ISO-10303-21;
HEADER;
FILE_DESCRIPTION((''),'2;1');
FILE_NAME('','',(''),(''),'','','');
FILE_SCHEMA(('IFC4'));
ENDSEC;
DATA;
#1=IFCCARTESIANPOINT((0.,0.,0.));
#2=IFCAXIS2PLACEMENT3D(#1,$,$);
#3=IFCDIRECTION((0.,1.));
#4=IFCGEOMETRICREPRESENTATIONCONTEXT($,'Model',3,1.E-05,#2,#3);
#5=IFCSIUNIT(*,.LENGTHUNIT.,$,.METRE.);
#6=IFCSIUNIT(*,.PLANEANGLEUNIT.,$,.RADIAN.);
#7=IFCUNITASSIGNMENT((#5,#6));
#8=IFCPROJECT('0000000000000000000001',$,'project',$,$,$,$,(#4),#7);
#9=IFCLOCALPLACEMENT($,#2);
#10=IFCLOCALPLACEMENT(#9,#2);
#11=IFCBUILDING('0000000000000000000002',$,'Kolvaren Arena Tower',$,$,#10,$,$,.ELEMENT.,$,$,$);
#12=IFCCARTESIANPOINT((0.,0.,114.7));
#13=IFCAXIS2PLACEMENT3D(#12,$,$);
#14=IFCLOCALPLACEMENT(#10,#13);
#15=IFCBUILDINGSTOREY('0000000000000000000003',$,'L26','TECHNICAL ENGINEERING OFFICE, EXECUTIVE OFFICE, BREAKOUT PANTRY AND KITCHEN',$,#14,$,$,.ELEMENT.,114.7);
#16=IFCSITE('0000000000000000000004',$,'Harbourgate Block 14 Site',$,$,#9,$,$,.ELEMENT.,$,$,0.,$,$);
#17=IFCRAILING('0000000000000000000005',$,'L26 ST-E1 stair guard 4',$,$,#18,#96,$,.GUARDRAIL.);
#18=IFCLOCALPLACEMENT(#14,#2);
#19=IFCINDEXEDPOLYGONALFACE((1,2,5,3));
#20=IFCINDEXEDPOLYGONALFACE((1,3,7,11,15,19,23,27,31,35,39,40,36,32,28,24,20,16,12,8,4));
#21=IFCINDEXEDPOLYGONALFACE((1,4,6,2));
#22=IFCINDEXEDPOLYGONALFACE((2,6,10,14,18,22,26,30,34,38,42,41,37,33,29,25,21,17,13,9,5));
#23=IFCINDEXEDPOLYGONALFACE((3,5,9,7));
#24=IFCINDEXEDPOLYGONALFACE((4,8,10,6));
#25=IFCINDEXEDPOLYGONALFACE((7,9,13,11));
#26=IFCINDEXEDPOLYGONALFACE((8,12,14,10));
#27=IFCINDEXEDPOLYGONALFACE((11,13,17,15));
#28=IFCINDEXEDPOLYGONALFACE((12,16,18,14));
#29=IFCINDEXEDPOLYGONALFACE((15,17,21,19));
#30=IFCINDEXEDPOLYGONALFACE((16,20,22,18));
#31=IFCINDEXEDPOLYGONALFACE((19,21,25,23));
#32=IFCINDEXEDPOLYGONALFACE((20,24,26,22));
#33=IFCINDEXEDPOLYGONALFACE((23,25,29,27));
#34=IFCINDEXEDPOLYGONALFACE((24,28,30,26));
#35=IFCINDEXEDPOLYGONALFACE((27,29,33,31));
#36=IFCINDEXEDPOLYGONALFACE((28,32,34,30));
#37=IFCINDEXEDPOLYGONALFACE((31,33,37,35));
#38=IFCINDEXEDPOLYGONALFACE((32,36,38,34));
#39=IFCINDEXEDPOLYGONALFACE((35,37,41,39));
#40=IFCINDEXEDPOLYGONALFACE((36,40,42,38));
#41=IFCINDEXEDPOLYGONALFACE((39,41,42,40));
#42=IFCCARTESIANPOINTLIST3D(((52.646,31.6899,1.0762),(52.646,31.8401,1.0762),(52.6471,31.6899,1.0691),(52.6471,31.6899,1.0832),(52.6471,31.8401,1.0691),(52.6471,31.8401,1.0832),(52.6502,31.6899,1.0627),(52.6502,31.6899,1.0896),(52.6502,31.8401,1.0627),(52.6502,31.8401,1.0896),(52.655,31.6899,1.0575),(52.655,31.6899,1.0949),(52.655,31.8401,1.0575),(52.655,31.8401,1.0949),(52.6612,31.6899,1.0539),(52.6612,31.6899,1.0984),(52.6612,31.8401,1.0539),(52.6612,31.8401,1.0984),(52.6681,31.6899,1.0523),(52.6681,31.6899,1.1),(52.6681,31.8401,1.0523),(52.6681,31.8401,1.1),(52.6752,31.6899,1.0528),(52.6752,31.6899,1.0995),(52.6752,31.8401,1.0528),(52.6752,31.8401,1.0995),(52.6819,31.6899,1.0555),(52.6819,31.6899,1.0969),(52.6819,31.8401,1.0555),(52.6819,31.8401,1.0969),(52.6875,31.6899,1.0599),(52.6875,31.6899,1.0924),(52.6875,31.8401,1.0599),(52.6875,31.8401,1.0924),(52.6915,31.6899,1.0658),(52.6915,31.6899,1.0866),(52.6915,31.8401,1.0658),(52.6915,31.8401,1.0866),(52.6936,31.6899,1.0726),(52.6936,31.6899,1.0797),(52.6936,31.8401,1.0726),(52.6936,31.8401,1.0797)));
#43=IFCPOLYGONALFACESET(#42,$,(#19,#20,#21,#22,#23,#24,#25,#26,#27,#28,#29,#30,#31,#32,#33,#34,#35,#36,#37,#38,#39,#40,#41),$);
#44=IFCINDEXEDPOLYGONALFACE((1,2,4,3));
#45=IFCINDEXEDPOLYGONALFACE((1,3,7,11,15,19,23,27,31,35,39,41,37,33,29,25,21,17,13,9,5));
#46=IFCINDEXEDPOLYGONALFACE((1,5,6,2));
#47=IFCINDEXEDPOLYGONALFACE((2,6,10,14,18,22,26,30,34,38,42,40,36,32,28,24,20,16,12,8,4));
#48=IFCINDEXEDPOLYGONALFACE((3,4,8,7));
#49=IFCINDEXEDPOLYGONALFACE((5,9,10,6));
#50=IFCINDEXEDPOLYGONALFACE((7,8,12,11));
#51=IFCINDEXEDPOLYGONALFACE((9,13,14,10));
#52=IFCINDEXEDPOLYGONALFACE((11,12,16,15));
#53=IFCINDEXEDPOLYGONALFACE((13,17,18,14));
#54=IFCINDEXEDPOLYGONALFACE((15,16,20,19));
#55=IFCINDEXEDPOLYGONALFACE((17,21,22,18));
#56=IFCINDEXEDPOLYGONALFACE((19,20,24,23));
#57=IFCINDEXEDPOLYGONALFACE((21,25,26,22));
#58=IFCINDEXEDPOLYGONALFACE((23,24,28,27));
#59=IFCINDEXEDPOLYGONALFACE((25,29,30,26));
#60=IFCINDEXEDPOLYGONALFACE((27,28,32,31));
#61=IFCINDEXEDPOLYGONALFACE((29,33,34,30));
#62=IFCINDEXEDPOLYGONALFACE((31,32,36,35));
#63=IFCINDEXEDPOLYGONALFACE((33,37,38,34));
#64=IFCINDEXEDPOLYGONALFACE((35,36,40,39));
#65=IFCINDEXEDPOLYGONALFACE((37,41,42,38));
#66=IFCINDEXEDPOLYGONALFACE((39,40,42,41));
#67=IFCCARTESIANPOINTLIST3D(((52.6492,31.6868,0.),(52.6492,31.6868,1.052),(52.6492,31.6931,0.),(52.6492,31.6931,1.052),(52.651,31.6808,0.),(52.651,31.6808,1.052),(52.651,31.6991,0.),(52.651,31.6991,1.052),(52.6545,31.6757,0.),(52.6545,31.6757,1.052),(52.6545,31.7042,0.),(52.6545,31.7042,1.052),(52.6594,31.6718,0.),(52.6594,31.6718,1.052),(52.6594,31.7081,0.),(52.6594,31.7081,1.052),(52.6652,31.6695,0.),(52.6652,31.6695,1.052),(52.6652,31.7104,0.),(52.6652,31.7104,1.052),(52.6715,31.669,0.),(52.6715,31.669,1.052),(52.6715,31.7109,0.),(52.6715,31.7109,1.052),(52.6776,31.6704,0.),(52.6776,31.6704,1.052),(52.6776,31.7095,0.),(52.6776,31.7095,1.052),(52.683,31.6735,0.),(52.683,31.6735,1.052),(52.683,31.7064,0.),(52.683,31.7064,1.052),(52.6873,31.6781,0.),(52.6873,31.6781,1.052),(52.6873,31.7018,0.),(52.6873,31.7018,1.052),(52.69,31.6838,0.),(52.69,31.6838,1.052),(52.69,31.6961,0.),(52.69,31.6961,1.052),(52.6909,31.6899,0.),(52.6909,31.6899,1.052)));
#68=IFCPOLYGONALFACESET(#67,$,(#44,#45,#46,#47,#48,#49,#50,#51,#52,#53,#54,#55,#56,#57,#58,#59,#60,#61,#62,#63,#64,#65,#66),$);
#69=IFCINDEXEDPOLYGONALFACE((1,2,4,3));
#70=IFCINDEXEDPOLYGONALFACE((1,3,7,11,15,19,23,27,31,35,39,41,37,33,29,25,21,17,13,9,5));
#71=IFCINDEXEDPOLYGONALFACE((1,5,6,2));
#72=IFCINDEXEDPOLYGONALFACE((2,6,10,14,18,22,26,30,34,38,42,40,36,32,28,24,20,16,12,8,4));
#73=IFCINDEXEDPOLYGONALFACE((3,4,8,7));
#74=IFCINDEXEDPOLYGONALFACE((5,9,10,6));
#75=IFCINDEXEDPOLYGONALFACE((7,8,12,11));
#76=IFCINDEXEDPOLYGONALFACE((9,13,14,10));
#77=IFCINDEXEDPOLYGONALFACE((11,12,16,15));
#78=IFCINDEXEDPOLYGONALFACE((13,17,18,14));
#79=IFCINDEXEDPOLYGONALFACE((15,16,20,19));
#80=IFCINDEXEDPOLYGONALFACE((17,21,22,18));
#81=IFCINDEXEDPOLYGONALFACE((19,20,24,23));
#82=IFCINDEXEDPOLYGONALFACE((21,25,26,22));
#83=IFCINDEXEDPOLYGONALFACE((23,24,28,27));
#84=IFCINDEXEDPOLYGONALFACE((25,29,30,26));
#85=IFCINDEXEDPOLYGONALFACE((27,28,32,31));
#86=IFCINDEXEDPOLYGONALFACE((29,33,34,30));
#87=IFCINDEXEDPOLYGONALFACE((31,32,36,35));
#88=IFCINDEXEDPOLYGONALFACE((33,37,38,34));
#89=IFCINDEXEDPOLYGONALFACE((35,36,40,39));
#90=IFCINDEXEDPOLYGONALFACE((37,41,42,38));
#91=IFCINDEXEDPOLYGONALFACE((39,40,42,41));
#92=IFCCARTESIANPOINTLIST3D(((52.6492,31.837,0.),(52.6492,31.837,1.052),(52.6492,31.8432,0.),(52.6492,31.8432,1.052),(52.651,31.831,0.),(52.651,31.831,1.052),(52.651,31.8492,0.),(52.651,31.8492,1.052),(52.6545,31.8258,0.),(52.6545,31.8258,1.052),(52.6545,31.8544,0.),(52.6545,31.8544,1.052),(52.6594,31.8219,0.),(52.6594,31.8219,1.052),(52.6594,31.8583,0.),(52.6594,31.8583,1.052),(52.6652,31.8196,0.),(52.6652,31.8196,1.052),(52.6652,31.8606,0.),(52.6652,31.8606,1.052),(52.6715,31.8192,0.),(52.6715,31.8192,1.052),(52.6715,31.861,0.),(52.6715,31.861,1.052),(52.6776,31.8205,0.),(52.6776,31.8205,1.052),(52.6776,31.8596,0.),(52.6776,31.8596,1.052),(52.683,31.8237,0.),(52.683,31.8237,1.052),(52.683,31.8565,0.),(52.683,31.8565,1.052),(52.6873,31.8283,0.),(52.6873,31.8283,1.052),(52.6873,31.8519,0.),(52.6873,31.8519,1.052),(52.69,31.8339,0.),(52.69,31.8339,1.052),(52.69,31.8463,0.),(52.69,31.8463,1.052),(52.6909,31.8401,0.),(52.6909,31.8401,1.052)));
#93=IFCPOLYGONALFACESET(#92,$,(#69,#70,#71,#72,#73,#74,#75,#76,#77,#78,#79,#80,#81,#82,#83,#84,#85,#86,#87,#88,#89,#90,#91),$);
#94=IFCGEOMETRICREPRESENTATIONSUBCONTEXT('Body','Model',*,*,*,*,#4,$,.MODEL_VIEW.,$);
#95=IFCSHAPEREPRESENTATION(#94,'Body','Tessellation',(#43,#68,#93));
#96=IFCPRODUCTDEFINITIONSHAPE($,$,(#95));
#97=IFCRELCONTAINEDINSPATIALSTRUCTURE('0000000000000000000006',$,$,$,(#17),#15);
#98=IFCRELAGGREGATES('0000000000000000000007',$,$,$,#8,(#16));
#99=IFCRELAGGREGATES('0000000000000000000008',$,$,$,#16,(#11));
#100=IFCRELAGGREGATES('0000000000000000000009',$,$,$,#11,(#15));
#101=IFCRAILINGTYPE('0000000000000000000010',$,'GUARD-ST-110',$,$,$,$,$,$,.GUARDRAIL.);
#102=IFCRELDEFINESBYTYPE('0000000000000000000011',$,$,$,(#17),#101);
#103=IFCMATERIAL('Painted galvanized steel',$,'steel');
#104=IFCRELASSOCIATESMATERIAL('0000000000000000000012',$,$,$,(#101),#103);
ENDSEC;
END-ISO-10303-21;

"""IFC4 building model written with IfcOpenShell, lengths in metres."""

from ifc_helpers import new_model, si_unit, direction, frame, origin, origin_2d, place, context, subcontext, project, spatial, circle, extrude, material, type_object, element, save


model = new_model("IFC4")

# Units and contexts
model_context = context("Model", 3, precision=1e-05, world=origin(), true_north=direction((0.0, 1.0)))
body_context = subcontext(model_context, "Body", "Model", "MODEL_VIEW")
ifc_project = project(units=[si_unit("LENGTHUNIT", "METRE"), si_unit("PLANEANGLEUNIT", "RADIAN")], contexts=[model_context])

# Site, building, storey
site_placement = place(None, origin())
site = spatial("IfcSite", under=ifc_project, at=site_placement, Name="Harbourgate Block 14 Site", CompositionType="ELEMENT", RefElevation=0.0)
building_placement = place(site_placement, origin())
building = spatial("IfcBuilding", under=site, at=building_placement, Name="Kolvaren Arena Tower", CompositionType="ELEMENT")
storey_placement = place(building_placement, frame((0.0, 0.0, 114.7)))
storey = spatial("IfcBuildingStorey", under=building, at=storey_placement, Name="L26", Description="TECHNICAL ENGINEERING OFFICE, EXECUTIVE OFFICE, BREAKOUT PANTRY AND KITCHEN", CompositionType="ELEMENT", Elevation=114.7)

# Railing
ifc_material_1 = material(Name="Painted galvanized steel", Category="steel")
railing_type_1 = type_object("IfcRailingType", Name="GUARD-ST-110", PredefinedType="GUARDRAIL", material=ifc_material_1)
railing_1_placement = place(storey_placement, frame((52.6699, 31.6899, 0.0)))
element("IfcRailing", 1, at=railing_1_placement, inside=storey, type_object=railing_type_1, Name="L26 ST-E1 stair guard 4", PredefinedType="GUARDRAIL", context=body_context, shape_type="SweptSolid", body=[
    extrude(circle(Radius=0.0239, at=origin_2d()), frame((0.0, 0.0, 1.0762), z_axis=(0.0, 1.0, 0.0), x_axis=(-1.0, 0.0, 0.0)), (0.0, 0.0, 1.0), 0.1501),
    extrude(circle(Radius=0.021, at=origin_2d()), origin(), (0.0, 0.0, 1.0), 1.052),
    extrude(circle(Radius=0.021, at=origin_2d()), frame((0.0, 0.1501, 0.0)), (0.0, 0.0, 1.0), 1.052),
])

save(model, "model.ifc")
